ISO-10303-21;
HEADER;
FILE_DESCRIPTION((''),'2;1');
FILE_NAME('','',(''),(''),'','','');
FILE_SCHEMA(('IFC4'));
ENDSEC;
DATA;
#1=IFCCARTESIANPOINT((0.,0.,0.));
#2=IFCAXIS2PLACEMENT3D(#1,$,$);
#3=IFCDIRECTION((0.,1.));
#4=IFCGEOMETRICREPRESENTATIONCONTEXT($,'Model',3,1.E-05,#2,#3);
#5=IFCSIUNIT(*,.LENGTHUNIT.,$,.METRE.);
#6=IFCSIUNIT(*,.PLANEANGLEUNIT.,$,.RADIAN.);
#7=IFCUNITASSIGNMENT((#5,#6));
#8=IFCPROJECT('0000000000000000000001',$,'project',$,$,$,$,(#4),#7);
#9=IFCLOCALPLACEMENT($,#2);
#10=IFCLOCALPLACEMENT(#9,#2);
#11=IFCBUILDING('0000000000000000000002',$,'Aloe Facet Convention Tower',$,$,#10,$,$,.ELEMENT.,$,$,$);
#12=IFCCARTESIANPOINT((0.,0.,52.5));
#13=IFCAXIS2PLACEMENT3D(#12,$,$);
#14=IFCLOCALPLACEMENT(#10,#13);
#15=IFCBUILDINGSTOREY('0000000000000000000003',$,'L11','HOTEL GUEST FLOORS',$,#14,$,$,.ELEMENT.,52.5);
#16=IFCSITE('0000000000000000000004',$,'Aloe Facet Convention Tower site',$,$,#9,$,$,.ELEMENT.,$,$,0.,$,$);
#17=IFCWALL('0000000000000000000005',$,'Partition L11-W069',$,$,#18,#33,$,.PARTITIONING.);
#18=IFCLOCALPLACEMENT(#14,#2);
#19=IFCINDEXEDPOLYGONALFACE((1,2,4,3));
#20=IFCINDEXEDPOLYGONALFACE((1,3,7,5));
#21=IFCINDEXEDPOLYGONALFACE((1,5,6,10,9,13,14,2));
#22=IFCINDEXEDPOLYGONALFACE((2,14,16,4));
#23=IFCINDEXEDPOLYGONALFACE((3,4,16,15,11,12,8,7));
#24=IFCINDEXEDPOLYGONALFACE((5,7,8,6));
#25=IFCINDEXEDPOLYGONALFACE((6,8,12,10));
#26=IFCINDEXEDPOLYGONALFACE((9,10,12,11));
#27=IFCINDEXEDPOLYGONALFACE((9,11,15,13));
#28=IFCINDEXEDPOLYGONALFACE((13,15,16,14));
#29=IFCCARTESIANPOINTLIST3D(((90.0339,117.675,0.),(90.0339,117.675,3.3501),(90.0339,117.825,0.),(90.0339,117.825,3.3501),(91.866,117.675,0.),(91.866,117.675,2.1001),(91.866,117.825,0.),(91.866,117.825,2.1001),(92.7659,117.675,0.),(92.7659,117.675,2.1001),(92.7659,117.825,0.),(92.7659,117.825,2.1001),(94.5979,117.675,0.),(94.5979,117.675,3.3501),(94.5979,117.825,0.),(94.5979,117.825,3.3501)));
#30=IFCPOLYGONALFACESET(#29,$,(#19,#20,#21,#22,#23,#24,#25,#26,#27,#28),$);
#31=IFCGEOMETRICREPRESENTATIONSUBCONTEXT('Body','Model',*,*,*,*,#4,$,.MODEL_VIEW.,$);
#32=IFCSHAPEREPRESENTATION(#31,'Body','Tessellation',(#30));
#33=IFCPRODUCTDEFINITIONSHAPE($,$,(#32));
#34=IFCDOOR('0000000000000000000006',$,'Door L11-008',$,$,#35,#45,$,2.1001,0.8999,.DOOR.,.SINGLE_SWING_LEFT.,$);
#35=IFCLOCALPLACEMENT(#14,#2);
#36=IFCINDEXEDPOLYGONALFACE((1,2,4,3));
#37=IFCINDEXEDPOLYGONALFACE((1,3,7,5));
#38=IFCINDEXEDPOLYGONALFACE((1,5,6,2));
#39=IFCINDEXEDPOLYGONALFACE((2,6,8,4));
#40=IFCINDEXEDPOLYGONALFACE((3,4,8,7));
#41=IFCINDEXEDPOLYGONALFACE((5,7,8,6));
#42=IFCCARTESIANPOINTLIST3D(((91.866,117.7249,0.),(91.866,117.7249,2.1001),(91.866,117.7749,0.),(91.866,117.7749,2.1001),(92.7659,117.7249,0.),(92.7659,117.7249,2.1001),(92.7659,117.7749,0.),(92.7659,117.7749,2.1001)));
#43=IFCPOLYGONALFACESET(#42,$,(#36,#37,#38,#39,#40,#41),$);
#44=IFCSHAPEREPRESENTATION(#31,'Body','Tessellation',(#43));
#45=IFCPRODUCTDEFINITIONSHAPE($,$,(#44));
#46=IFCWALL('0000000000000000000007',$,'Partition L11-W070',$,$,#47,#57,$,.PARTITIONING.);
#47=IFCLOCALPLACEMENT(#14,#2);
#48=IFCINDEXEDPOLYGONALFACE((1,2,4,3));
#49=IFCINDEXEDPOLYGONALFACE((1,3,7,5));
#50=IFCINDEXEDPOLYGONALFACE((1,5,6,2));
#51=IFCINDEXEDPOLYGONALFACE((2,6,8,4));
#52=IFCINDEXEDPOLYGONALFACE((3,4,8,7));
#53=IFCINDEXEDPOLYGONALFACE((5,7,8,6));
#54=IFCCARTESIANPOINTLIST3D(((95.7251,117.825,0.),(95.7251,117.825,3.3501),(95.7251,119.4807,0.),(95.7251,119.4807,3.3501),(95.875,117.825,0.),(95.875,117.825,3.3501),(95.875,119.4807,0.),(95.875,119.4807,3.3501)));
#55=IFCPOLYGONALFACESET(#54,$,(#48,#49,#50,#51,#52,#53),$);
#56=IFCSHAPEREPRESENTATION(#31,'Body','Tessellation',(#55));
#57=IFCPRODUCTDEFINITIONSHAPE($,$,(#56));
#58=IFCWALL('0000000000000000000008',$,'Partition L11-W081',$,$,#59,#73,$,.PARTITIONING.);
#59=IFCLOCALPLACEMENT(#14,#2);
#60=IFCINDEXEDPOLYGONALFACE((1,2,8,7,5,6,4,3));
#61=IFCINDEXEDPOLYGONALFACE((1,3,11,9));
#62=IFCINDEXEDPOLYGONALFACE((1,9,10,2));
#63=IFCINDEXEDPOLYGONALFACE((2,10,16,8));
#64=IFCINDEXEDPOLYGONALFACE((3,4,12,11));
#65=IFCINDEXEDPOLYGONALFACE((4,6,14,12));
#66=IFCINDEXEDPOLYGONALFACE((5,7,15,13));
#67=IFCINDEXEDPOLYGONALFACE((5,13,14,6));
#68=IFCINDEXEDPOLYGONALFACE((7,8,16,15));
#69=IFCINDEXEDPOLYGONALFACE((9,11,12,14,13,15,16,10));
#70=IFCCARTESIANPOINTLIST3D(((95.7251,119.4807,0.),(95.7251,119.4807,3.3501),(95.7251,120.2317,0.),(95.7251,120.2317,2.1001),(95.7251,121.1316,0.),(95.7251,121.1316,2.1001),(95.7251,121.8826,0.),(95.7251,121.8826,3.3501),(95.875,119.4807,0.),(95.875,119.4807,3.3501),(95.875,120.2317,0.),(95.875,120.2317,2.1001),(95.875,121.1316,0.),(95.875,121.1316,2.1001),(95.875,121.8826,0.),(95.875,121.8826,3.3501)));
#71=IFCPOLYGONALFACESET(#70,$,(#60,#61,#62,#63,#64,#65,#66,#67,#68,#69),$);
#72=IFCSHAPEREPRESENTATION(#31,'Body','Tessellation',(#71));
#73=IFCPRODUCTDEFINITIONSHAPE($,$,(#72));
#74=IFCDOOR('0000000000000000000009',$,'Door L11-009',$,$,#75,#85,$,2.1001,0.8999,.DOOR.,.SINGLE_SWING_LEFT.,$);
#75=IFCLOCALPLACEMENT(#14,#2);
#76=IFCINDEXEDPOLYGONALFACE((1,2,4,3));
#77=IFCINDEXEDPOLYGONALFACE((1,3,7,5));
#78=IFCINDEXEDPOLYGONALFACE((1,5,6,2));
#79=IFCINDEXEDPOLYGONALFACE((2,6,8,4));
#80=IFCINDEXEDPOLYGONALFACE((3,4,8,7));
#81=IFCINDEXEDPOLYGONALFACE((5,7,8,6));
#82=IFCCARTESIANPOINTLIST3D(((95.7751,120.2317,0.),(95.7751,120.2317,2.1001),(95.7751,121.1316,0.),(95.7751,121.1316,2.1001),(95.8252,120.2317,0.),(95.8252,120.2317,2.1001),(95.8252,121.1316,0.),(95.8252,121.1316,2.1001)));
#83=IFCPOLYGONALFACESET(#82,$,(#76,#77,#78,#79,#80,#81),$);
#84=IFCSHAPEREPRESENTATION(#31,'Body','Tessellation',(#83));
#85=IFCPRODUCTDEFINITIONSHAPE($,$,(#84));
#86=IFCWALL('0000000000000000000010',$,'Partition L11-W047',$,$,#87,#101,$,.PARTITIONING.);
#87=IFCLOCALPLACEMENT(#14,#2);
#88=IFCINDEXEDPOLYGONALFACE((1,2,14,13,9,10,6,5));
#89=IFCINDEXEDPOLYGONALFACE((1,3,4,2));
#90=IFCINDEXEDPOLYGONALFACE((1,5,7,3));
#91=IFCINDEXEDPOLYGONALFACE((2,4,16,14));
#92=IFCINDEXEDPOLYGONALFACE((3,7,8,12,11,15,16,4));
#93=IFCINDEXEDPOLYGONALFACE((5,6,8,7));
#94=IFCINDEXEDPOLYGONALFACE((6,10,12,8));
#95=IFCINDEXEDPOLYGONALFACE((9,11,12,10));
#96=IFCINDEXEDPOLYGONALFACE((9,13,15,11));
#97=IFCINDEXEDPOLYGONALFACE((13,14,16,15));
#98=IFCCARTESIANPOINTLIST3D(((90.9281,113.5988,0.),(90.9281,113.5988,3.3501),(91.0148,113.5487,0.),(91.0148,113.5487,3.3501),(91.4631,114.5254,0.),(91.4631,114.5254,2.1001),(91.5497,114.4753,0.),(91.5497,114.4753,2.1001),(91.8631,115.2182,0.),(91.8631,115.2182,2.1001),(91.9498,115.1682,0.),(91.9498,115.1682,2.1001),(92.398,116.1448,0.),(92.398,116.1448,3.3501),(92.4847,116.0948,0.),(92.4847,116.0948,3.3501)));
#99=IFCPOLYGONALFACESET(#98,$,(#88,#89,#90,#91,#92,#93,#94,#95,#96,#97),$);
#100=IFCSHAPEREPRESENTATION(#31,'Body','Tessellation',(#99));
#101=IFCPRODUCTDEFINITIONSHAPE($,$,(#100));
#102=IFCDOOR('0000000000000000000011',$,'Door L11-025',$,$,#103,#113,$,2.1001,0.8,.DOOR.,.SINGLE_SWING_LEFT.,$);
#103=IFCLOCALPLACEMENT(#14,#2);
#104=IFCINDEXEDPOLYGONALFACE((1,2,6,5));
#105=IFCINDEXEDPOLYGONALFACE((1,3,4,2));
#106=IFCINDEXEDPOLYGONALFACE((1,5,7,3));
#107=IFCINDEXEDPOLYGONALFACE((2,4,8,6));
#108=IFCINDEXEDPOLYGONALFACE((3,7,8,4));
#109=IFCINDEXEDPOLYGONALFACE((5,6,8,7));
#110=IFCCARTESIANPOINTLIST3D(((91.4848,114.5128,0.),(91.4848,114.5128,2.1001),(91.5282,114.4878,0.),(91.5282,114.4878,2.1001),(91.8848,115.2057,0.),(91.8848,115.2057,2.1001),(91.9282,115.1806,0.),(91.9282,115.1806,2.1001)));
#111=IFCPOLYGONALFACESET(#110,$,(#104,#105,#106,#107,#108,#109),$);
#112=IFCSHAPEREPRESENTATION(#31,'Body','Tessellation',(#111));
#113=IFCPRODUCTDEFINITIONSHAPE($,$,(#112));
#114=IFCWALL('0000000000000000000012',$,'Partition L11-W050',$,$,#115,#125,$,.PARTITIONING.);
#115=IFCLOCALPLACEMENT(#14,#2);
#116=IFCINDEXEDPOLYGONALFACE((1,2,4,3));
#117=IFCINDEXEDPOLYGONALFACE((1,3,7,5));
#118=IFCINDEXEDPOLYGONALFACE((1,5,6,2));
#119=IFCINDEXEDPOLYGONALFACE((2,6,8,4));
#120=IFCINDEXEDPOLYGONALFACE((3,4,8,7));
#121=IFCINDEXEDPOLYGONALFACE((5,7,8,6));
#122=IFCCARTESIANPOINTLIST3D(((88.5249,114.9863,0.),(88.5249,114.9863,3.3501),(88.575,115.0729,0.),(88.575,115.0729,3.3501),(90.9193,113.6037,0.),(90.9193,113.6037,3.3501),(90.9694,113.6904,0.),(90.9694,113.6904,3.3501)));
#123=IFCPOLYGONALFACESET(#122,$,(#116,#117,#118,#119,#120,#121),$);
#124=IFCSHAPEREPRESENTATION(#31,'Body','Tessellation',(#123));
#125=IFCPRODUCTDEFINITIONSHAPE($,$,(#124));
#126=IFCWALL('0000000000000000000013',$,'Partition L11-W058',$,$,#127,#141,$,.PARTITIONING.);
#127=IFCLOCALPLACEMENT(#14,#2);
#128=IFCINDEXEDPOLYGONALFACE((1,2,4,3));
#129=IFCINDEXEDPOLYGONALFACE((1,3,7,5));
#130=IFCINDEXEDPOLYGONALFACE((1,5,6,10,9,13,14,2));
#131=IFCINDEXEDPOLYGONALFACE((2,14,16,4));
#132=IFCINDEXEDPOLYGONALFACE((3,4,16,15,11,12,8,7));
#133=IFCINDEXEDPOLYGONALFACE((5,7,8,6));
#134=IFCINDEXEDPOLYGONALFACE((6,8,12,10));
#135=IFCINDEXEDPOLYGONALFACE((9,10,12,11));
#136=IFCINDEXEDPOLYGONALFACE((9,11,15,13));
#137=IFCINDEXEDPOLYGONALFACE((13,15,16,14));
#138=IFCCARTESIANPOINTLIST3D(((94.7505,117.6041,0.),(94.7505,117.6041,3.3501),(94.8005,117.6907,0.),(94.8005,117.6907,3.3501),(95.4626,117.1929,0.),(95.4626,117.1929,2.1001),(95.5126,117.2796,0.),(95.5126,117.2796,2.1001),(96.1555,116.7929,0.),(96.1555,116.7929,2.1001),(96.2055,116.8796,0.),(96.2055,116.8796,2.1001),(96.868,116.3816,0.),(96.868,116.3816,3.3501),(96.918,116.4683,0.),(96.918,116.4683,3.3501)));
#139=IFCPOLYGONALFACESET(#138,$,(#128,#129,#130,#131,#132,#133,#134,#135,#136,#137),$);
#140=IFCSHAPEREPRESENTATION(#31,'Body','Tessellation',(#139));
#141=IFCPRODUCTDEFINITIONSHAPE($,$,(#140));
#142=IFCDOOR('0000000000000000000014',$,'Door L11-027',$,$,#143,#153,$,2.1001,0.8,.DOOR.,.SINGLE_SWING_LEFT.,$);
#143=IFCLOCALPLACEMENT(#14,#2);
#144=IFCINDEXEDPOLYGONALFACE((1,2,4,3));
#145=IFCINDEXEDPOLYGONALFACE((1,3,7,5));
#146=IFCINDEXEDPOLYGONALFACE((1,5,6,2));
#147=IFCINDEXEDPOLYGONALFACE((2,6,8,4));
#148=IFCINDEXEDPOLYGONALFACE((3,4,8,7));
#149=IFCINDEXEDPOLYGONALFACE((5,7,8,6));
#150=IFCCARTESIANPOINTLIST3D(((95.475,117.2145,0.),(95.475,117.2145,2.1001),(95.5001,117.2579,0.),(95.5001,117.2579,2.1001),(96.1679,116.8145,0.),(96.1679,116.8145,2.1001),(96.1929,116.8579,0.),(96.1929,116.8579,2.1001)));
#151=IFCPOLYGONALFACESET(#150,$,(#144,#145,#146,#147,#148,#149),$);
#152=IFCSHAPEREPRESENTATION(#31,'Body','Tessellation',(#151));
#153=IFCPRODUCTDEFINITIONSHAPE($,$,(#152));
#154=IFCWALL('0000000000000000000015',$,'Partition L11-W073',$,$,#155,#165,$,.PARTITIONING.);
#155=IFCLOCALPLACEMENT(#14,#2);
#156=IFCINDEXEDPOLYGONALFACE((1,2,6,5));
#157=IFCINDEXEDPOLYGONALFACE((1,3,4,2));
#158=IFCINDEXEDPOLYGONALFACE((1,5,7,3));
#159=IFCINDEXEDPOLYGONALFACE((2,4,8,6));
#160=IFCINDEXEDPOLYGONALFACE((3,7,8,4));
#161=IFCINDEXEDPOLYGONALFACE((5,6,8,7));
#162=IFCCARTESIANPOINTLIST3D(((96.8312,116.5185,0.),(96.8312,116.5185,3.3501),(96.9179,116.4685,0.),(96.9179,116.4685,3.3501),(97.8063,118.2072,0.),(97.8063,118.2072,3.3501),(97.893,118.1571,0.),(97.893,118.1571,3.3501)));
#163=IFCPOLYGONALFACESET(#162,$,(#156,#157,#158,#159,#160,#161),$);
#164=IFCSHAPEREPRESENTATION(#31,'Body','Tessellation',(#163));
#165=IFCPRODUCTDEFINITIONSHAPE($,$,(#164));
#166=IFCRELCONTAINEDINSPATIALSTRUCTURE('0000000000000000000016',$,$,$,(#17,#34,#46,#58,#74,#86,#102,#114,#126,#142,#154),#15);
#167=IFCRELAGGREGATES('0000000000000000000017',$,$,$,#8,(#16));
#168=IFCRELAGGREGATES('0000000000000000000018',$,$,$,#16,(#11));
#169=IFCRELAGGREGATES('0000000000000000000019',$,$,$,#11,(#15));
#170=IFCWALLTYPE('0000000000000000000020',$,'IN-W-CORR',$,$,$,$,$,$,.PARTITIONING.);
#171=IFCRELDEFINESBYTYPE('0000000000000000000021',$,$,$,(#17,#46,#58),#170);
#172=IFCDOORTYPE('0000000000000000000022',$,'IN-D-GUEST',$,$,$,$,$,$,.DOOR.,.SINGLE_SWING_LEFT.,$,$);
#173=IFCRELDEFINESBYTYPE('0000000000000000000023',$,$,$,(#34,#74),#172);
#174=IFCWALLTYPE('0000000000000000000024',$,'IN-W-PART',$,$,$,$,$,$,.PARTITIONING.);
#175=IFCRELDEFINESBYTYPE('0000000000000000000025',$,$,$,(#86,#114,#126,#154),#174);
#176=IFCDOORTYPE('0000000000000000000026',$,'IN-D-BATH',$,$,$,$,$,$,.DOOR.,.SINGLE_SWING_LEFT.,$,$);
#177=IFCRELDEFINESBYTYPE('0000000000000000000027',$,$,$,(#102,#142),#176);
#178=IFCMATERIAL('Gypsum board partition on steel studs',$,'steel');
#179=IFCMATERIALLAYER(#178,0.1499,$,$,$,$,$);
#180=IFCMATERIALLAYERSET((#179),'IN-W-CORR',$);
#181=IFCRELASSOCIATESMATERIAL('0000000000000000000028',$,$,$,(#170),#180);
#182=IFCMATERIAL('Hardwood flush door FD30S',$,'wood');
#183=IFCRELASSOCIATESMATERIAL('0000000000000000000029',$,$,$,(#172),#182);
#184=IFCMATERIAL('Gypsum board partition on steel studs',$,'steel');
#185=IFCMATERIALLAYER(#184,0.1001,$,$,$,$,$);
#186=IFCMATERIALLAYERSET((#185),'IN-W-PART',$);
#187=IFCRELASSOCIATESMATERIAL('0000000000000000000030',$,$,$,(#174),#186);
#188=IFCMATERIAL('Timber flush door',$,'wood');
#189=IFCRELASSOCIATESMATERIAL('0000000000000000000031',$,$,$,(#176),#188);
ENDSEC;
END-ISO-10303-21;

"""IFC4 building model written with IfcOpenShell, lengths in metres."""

from ifc_helpers import new_model, si_unit, direction, frame, frame_2d, origin, place, context, subcontext, project, spatial, rectangle, extrude, material, layer, layer_set, type_object, element, fill, save


model = new_model("IFC4")

# Units and contexts
model_context = context("Model", 3, precision=1e-05, world=origin(), true_north=direction((0.0, 1.0)))
body_context = subcontext(model_context, "Body", "Model", "MODEL_VIEW")
ifc_project = project(units=[si_unit("LENGTHUNIT", "METRE"), si_unit("PLANEANGLEUNIT", "RADIAN")], contexts=[model_context])

# Site, building, storey
site_placement = place(None, origin())
site = spatial("IfcSite", under=ifc_project, at=site_placement, Name="Aloe Facet Convention Tower site", CompositionType="ELEMENT", RefElevation=0.0)
building_placement = place(site_placement, origin())
building = spatial("IfcBuilding", under=site, at=building_placement, Name="Aloe Facet Convention Tower", CompositionType="ELEMENT")
storey_placement = place(building_placement, frame((0.0, 0.0, 52.5)))
storey = spatial("IfcBuildingStorey", under=building, at=storey_placement, Name="L11", Description="HOTEL GUEST FLOORS", CompositionType="ELEMENT", Elevation=52.5)

# Shared definitions
ifc_material_1 = material(Name="Gypsum board partition on steel studs", Category="steel")
ifc_layer_1 = layer(ifc_material_1, 0.1499)
ifc_layer_set_1 = layer_set([ifc_layer_1], Name="IN-W-CORR")
wall_type_1 = type_object("IfcWallType", Name="IN-W-CORR", PredefinedType="PARTITIONING", material=ifc_layer_set_1)

# Wall, opening, door
wall_1_placement = place(storey_placement, frame((90.0339, 117.75, 0.0), z_axis=(0.0, 0.0, 1.0), x_axis=(1.0, 0.0, 0.0)))
wall_1 = element("IfcWall", 1, at=wall_1_placement, inside=storey, type_object=wall_type_1, Name="Partition L11-W069", PredefinedType="PARTITIONING", context=body_context, shape_type="SweptSolid", body=[
    extrude(rectangle(XDim=4.564, YDim=0.1499, at=frame_2d((2.282, 0.0))), origin(), (0.0, 0.0, 1.0), 3.3501),
])
opening_1_placement = place(wall_1_placement, frame((1.832, 0.0, 0.0)))
opening_1 = element("IfcOpeningElement", 2, at=opening_1_placement, cuts=wall_1, PredefinedType="OPENING", context=body_context, shape_type="SweptSolid", body=[
    extrude(rectangle(XDim=0.8999, YDim=2.1001, at=frame_2d((0.45, 1.05))), frame((0.0, 0.085, 0.0), z_axis=(0.0, -1.0, 0.0), x_axis=(1.0, 0.0, 0.0)), (0.0, 0.0, 1.0), 0.1699),
])
ifc_material_2 = material(Name="Hardwood flush door FD30S", Category="wood")
door_type_1 = type_object("IfcDoorType", Name="IN-D-GUEST", OperationType="SINGLE_SWING_LEFT", PredefinedType="DOOR", material=ifc_material_2)
door_1_placement = place(opening_1_placement, origin())
door_1 = element("IfcDoor", 3, at=door_1_placement, inside=storey, type_object=door_type_1, Name="Door L11-008", OperationType="SINGLE_SWING_LEFT", OverallHeight=2.1001, OverallWidth=0.8999, PredefinedType="DOOR", context=body_context, shape_type="SweptSolid", body=[
    extrude(rectangle(XDim=0.8999, YDim=2.1001, at=frame_2d((0.45, 1.05))), frame((0.0, 0.0249, 0.0), z_axis=(0.0, -1.0, 0.0), x_axis=(1.0, 0.0, 0.0)), (0.0, 0.0, 1.0), 0.05),
])
fill(opening_1, door_1)

# Wall
wall_2_placement = place(storey_placement, frame((95.8, 117.825, 0.0), z_axis=(0.0, 0.0, 1.0), x_axis=(0.0, 1.0, 0.0)))
element("IfcWall", 4, at=wall_2_placement, inside=storey, type_object=wall_type_1, Name="Partition L11-W070", PredefinedType="PARTITIONING", context=body_context, shape_type="SweptSolid", body=[
    extrude(rectangle(XDim=1.6558, YDim=0.1499, at=frame_2d((0.8279, 0.0))), origin(), (0.0, 0.0, 1.0), 3.3501),
])

# Walls, openings, doors
wall_3_placement = place(storey_placement, frame((95.8, 119.4807, 0.0), z_axis=(0.0, 0.0, 1.0), x_axis=(0.0, 1.0, 0.0)))
wall_3 = element("IfcWall", 5, at=wall_3_placement, inside=storey, type_object=wall_type_1, Name="Partition L11-W081", PredefinedType="PARTITIONING", context=body_context, shape_type="SweptSolid", body=[
    extrude(rectangle(XDim=2.4019, YDim=0.1499, at=frame_2d((1.2009, 0.0))), origin(), (0.0, 0.0, 1.0), 3.3501),
])
opening_2_placement = place(wall_3_placement, frame((0.751, 0.0, 0.0)))
opening_2 = element("IfcOpeningElement", 6, at=opening_2_placement, cuts=wall_3, PredefinedType="OPENING", context=body_context, shape_type="SweptSolid", body=[
    extrude(rectangle(XDim=0.8999, YDim=2.1001, at=frame_2d((0.45, 1.05))), frame((0.0, 0.085, 0.0), z_axis=(0.0, -1.0, 0.0), x_axis=(1.0, 0.0, 0.0)), (0.0, 0.0, 1.0), 0.1699),
])
door_2_placement = place(opening_2_placement, origin())
door_2 = element("IfcDoor", 7, at=door_2_placement, inside=storey, type_object=door_type_1, Name="Door L11-009", OperationType="SINGLE_SWING_LEFT", OverallHeight=2.1001, OverallWidth=0.8999, PredefinedType="DOOR", context=body_context, shape_type="SweptSolid", body=[
    extrude(rectangle(XDim=0.8999, YDim=2.1001, at=frame_2d((0.45, 1.05))), frame((0.0, 0.0249, 0.0), z_axis=(0.0, -1.0, 0.0), x_axis=(1.0, 0.0, 0.0)), (0.0, 0.0, 1.0), 0.05),
])
fill(opening_2, door_2)
ifc_material_3 = material(Name="Gypsum board partition on steel studs", Category="steel")
ifc_layer_2 = layer(ifc_material_3, 0.1001)
ifc_layer_set_2 = layer_set([ifc_layer_2], Name="IN-W-PART")
wall_type_2 = type_object("IfcWallType", Name="IN-W-PART", PredefinedType="PARTITIONING", material=ifc_layer_set_2)
wall_4_placement = place(storey_placement, frame((90.9714, 113.5737, 0.0), z_axis=(0.0, 0.0, 1.0), x_axis=(0.499988, 0.866032, 0.0)))
wall_4 = element("IfcWall", 8, at=wall_4_placement, inside=storey, type_object=wall_type_2, Name="Partition L11-W047", PredefinedType="PARTITIONING", context=body_context, shape_type="SweptSolid", body=[
    extrude(rectangle(XDim=2.9399, YDim=0.1001, at=frame_2d((1.47, 0.0))), origin(), (0.0, 0.0, 1.0), 3.3501),
])
opening_3_placement = place(wall_4_placement, frame((1.0701, 0.0, 0.0)))
opening_3 = element("IfcOpeningElement", 9, at=opening_3_placement, cuts=wall_4, PredefinedType="OPENING", context=body_context, shape_type="SweptSolid", body=[
    extrude(rectangle(XDim=0.8, YDim=2.1001, at=frame_2d((0.3999, 1.05))), frame((0.0, 0.0601, 0.0), z_axis=(0.0, -1.0, 0.0), x_axis=(1.0, 0.0, 0.0)), (0.0, 0.0, 1.0), 0.1201),
])
ifc_material_4 = material(Name="Timber flush door", Category="wood")
door_type_2 = type_object("IfcDoorType", Name="IN-D-BATH", OperationType="SINGLE_SWING_LEFT", PredefinedType="DOOR", material=ifc_material_4)
door_3_placement = place(opening_3_placement, origin())
door_3 = element("IfcDoor", 10, at=door_3_placement, inside=storey, type_object=door_type_2, Name="Door L11-025", OperationType="SINGLE_SWING_LEFT", OverallHeight=2.1001, OverallWidth=0.8, PredefinedType="DOOR", context=body_context, shape_type="SweptSolid", body=[
    extrude(rectangle(XDim=0.8, YDim=2.1001, at=frame_2d((0.3999, 1.05))), frame((0.0, 0.0249, 0.0), z_axis=(0.0, -1.0, 0.0), x_axis=(1.0, 0.0, 0.0)), (0.0, 0.0, 1.0), 0.05),
])
fill(opening_3, door_3)

# Wall
wall_5_placement = place(storey_placement, frame((88.55, 115.0295, 0.0), z_axis=(0.0, 0.0, 1.0), x_axis=(0.866012, -0.500023, 0.0)))
element("IfcWall", 11, at=wall_5_placement, inside=storey, type_object=wall_type_2, Name="Partition L11-W050", PredefinedType="PARTITIONING", context=body_context, shape_type="SweptSolid", body=[
    extrude(rectangle(XDim=2.7649, YDim=0.1001, at=frame_2d((1.3823, 0.0))), origin(), (0.0, 0.0, 1.0), 3.3501),
])

# Wall, opening, door
wall_6_placement = place(storey_placement, frame((94.7754, 117.6475, 0.0), z_axis=(0.0, 0.0, 1.0), x_axis=(0.866041, -0.499973, 0.0)))
wall_6 = element("IfcWall", 12, at=wall_6_placement, inside=storey, type_object=wall_type_2, Name="Partition L11-W058", PredefinedType="PARTITIONING", context=body_context, shape_type="SweptSolid", body=[
    extrude(rectangle(XDim=2.4451, YDim=0.1001, at=frame_2d((1.2227, 0.0))), origin(), (0.0, 0.0, 1.0), 3.3501),
])
opening_4_placement = place(wall_6_placement, frame((0.8225, 0.0, 0.0)))
opening_4 = element("IfcOpeningElement", 13, at=opening_4_placement, cuts=wall_6, PredefinedType="OPENING", context=body_context, shape_type="SweptSolid", body=[
    extrude(rectangle(XDim=0.8, YDim=2.1001, at=frame_2d((0.3999, 1.05))), frame((0.0, 0.0601, 0.0), z_axis=(0.0, -1.0, 0.0), x_axis=(1.0, 0.0, 0.0)), (0.0, 0.0, 1.0), 0.1201),
])
door_4_placement = place(opening_4_placement, origin())
door_4 = element("IfcDoor", 14, at=door_4_placement, inside=storey, type_object=door_type_2, Name="Door L11-027", OperationType="SINGLE_SWING_LEFT", OverallHeight=2.1001, OverallWidth=0.8, PredefinedType="DOOR", context=body_context, shape_type="SweptSolid", body=[
    extrude(rectangle(XDim=0.8, YDim=2.1001, at=frame_2d((0.3999, 1.05))), frame((0.0, 0.0249, 0.0), z_axis=(0.0, -1.0, 0.0), x_axis=(1.0, 0.0, 0.0)), (0.0, 0.0, 1.0), 0.05),
])
fill(opening_4, door_4)

# Wall
wall_7_placement = place(storey_placement, frame((96.8745, 116.4934, 0.0), z_axis=(0.0, 0.0, 1.0), x_axis=(0.500044, 0.866, 0.0)))
element("IfcWall", 15, at=wall_7_placement, inside=storey, type_object=wall_type_2, Name="Partition L11-W073", PredefinedType="PARTITIONING", context=body_context, shape_type="SweptSolid", body=[
    extrude(rectangle(XDim=1.95, YDim=0.1001, at=frame_2d((0.9751, 0.0))), origin(), (0.0, 0.0, 1.0), 3.3501),
])

save(model, "model.ifc")
